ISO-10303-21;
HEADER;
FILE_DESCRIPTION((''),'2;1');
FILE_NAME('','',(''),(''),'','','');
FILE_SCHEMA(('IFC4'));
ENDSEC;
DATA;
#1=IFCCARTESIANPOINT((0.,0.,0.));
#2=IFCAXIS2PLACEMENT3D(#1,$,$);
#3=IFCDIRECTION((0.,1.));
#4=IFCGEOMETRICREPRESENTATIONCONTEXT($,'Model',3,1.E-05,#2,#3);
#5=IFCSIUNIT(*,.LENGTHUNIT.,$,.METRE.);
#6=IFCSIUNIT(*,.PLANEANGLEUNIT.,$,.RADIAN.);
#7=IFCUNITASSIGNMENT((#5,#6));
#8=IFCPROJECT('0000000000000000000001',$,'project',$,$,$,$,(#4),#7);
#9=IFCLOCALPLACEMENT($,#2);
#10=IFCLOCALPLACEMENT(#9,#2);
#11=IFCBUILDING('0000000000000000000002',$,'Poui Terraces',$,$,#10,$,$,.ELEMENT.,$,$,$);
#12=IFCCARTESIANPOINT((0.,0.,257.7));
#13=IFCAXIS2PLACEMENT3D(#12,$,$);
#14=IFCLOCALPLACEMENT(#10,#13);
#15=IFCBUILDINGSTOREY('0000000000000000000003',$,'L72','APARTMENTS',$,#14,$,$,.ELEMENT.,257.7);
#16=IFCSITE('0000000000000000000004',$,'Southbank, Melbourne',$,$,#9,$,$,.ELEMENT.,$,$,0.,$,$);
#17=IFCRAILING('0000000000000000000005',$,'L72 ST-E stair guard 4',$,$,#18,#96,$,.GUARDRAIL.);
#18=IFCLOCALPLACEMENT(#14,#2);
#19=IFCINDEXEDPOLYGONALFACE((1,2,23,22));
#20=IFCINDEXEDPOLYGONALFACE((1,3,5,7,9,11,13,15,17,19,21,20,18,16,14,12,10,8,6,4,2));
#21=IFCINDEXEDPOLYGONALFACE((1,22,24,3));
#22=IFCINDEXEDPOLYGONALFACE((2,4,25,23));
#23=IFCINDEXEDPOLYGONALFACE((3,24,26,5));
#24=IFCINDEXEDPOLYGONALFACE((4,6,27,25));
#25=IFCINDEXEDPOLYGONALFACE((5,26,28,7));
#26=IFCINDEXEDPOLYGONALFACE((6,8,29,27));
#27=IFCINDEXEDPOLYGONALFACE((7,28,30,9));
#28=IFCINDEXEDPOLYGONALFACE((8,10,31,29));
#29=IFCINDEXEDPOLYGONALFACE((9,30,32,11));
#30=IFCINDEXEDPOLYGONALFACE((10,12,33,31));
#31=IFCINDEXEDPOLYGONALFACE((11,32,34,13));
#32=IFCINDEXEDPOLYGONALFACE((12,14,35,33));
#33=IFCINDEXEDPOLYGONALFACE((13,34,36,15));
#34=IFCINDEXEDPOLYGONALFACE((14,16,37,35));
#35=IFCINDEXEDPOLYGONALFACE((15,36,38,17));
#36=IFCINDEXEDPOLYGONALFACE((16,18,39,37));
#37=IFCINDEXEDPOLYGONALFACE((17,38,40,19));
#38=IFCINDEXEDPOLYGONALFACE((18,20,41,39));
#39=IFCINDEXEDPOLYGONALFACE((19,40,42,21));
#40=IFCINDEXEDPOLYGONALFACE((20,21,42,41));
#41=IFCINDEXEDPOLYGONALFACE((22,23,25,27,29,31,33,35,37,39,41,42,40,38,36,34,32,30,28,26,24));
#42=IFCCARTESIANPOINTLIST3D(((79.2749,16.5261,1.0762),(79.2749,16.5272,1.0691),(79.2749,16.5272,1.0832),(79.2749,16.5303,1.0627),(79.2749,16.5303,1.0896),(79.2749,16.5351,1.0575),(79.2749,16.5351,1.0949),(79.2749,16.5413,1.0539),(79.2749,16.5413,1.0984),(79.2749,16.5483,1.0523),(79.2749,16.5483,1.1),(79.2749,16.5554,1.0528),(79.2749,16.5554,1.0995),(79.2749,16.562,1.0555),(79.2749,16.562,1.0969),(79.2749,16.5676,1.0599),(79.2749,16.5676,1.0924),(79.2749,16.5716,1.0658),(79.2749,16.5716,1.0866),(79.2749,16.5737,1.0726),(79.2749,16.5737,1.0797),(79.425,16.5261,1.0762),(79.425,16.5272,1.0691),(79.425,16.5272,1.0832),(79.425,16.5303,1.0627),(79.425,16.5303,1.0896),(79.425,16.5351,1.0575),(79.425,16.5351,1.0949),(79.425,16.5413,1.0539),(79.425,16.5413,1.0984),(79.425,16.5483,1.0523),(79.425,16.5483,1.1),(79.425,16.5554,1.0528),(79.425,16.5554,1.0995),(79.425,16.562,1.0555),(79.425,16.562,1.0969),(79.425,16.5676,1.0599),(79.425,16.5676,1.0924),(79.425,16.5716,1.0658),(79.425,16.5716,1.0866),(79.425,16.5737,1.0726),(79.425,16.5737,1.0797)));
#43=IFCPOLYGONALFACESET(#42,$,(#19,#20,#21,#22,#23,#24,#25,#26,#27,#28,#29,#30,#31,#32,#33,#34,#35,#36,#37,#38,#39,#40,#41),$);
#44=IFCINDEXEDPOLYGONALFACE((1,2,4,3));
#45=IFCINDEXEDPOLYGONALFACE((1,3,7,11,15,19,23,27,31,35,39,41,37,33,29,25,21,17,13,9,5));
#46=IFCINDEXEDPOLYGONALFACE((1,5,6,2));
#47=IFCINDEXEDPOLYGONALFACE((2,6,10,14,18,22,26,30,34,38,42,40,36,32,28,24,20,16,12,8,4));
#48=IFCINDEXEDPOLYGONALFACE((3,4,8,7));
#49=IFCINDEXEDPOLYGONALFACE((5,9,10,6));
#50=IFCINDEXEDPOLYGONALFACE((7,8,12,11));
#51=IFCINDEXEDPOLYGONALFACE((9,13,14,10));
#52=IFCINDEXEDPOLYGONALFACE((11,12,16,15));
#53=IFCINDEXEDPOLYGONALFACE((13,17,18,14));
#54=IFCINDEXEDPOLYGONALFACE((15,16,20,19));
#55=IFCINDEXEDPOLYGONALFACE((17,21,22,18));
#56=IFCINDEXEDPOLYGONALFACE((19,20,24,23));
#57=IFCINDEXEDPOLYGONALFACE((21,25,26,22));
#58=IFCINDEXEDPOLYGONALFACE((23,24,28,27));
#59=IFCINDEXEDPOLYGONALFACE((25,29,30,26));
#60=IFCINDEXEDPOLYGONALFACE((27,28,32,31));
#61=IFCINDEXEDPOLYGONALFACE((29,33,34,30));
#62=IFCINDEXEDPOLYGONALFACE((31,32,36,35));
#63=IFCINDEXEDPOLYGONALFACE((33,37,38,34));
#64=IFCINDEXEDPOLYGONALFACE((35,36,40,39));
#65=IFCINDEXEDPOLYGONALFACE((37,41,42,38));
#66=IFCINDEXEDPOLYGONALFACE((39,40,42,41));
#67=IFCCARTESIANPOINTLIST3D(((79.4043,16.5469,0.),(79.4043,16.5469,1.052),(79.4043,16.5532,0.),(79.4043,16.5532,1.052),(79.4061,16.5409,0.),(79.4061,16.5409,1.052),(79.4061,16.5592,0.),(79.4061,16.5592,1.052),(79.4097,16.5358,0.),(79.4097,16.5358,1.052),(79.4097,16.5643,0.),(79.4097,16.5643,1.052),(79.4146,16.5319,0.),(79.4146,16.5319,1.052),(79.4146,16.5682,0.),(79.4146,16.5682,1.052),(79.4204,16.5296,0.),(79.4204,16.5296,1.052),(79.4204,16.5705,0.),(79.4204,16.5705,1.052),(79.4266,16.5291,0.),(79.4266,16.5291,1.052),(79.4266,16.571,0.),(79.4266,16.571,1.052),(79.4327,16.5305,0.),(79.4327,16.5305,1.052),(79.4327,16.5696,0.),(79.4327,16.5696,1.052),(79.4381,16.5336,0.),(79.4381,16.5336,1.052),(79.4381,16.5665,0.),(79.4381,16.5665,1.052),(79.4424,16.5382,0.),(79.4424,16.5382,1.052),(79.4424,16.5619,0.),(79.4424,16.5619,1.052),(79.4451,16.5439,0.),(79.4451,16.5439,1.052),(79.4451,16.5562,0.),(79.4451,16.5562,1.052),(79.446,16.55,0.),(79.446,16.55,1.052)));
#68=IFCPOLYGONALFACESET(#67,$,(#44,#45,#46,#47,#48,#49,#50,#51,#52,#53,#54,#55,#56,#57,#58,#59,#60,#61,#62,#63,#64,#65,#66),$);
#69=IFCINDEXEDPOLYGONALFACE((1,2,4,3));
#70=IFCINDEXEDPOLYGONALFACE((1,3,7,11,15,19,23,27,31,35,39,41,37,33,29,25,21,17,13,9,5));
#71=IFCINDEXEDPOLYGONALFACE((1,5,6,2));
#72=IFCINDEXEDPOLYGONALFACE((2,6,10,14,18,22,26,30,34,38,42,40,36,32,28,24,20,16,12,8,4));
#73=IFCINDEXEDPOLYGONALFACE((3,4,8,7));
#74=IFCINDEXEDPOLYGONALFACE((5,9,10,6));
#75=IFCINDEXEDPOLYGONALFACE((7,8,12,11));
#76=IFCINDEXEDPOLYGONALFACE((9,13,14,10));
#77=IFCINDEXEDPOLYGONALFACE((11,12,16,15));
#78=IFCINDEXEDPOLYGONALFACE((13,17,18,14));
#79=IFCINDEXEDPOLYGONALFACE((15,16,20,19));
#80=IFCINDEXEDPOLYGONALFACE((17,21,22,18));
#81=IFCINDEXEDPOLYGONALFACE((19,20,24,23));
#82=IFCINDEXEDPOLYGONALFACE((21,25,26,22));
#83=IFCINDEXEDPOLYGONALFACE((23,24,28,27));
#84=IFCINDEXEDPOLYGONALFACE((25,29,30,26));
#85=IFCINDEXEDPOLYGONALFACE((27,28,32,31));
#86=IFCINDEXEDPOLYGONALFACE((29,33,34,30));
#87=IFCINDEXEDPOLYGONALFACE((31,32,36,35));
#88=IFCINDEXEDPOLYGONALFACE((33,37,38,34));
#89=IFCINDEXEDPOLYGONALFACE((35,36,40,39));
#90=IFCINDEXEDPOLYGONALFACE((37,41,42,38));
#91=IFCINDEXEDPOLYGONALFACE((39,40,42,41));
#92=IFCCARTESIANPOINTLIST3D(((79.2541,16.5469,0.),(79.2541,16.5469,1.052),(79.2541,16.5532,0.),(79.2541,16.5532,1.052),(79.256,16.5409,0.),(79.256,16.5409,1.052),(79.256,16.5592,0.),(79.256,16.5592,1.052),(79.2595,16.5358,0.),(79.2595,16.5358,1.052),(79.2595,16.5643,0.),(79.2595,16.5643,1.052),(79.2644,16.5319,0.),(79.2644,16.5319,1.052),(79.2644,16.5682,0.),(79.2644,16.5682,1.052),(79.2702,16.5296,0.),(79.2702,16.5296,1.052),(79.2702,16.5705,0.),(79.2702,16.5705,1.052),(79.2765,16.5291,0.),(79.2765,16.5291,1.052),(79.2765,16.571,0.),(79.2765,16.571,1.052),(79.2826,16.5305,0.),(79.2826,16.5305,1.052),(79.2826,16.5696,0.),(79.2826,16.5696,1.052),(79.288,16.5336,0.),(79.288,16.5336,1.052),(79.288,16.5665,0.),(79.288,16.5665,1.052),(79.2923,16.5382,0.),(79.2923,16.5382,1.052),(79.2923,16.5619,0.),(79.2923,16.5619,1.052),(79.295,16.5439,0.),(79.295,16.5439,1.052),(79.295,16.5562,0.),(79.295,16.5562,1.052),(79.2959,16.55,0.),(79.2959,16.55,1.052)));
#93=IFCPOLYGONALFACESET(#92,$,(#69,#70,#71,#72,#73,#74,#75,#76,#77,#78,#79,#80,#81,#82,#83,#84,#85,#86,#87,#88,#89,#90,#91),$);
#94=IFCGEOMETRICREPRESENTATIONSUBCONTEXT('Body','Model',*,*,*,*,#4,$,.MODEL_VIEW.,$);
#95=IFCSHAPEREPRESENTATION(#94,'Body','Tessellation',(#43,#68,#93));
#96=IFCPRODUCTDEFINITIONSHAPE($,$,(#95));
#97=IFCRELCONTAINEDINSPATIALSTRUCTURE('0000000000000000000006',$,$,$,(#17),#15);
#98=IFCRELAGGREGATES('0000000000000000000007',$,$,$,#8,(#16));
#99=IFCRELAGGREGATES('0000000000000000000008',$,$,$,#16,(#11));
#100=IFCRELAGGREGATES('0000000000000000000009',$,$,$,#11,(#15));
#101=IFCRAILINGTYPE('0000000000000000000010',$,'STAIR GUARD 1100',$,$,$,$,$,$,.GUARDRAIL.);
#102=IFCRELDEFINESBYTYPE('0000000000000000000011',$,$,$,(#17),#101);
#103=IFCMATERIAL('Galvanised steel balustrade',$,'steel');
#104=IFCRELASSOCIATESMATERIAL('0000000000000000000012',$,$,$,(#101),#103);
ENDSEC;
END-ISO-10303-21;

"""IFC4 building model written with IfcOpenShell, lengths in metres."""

from ifc_helpers import new_model, si_unit, direction, frame, origin, origin_2d, place, context, subcontext, project, spatial, circle, extrude, material, type_object, element, save


model = new_model("IFC4")

# Units and contexts
model_context = context("Model", 3, precision=1e-05, world=origin(), true_north=direction((0.0, 1.0)))
body_context = subcontext(model_context, "Body", "Model", "MODEL_VIEW")
ifc_project = project(units=[si_unit("LENGTHUNIT", "METRE"), si_unit("PLANEANGLEUNIT", "RADIAN")], contexts=[model_context])

# Site, building, storey
site_placement = place(None, origin())
site = spatial("IfcSite", under=ifc_project, at=site_placement, Name="Southbank, Melbourne", CompositionType="ELEMENT", RefElevation=0.0)
building_placement = place(site_placement, origin())
building = spatial("IfcBuilding", under=site, at=building_placement, Name="Poui Terraces", CompositionType="ELEMENT")
storey_placement = place(building_placement, frame((0.0, 0.0, 257.7)))
storey = spatial("IfcBuildingStorey", under=building, at=storey_placement, Name="L72", Description="APARTMENTS", CompositionType="ELEMENT", Elevation=257.7)

# Railing
ifc_material_1 = material(Name="Galvanised steel balustrade", Category="steel")
railing_type_1 = type_object("IfcRailingType", Name="STAIR GUARD 1100", PredefinedType="GUARDRAIL", material=ifc_material_1)
railing_1_placement = place(storey_placement, frame((79.425, 16.55, 0.0)))
element("IfcRailing", 1, at=railing_1_placement, inside=storey, type_object=railing_type_1, Name="L72 ST-E stair guard 4", PredefinedType="GUARDRAIL", context=body_context, shape_type="SweptSolid", body=[
    extrude(circle(Radius=0.0239, at=origin_2d()), frame((0.0, 0.0, 1.0762), z_axis=(-1.0, 0.0, 0.0), x_axis=(0.0, -1.0, 0.0)), (0.0, 0.0, 1.0), 0.1501),
    extrude(circle(Radius=0.021, at=origin_2d()), origin(), (0.0, 0.0, 1.0), 1.052),
    extrude(circle(Radius=0.021, at=origin_2d()), frame((-0.1501, 0.0, 0.0)), (0.0, 0.0, 1.0), 1.052),
])

save(model, "model.ifc")
